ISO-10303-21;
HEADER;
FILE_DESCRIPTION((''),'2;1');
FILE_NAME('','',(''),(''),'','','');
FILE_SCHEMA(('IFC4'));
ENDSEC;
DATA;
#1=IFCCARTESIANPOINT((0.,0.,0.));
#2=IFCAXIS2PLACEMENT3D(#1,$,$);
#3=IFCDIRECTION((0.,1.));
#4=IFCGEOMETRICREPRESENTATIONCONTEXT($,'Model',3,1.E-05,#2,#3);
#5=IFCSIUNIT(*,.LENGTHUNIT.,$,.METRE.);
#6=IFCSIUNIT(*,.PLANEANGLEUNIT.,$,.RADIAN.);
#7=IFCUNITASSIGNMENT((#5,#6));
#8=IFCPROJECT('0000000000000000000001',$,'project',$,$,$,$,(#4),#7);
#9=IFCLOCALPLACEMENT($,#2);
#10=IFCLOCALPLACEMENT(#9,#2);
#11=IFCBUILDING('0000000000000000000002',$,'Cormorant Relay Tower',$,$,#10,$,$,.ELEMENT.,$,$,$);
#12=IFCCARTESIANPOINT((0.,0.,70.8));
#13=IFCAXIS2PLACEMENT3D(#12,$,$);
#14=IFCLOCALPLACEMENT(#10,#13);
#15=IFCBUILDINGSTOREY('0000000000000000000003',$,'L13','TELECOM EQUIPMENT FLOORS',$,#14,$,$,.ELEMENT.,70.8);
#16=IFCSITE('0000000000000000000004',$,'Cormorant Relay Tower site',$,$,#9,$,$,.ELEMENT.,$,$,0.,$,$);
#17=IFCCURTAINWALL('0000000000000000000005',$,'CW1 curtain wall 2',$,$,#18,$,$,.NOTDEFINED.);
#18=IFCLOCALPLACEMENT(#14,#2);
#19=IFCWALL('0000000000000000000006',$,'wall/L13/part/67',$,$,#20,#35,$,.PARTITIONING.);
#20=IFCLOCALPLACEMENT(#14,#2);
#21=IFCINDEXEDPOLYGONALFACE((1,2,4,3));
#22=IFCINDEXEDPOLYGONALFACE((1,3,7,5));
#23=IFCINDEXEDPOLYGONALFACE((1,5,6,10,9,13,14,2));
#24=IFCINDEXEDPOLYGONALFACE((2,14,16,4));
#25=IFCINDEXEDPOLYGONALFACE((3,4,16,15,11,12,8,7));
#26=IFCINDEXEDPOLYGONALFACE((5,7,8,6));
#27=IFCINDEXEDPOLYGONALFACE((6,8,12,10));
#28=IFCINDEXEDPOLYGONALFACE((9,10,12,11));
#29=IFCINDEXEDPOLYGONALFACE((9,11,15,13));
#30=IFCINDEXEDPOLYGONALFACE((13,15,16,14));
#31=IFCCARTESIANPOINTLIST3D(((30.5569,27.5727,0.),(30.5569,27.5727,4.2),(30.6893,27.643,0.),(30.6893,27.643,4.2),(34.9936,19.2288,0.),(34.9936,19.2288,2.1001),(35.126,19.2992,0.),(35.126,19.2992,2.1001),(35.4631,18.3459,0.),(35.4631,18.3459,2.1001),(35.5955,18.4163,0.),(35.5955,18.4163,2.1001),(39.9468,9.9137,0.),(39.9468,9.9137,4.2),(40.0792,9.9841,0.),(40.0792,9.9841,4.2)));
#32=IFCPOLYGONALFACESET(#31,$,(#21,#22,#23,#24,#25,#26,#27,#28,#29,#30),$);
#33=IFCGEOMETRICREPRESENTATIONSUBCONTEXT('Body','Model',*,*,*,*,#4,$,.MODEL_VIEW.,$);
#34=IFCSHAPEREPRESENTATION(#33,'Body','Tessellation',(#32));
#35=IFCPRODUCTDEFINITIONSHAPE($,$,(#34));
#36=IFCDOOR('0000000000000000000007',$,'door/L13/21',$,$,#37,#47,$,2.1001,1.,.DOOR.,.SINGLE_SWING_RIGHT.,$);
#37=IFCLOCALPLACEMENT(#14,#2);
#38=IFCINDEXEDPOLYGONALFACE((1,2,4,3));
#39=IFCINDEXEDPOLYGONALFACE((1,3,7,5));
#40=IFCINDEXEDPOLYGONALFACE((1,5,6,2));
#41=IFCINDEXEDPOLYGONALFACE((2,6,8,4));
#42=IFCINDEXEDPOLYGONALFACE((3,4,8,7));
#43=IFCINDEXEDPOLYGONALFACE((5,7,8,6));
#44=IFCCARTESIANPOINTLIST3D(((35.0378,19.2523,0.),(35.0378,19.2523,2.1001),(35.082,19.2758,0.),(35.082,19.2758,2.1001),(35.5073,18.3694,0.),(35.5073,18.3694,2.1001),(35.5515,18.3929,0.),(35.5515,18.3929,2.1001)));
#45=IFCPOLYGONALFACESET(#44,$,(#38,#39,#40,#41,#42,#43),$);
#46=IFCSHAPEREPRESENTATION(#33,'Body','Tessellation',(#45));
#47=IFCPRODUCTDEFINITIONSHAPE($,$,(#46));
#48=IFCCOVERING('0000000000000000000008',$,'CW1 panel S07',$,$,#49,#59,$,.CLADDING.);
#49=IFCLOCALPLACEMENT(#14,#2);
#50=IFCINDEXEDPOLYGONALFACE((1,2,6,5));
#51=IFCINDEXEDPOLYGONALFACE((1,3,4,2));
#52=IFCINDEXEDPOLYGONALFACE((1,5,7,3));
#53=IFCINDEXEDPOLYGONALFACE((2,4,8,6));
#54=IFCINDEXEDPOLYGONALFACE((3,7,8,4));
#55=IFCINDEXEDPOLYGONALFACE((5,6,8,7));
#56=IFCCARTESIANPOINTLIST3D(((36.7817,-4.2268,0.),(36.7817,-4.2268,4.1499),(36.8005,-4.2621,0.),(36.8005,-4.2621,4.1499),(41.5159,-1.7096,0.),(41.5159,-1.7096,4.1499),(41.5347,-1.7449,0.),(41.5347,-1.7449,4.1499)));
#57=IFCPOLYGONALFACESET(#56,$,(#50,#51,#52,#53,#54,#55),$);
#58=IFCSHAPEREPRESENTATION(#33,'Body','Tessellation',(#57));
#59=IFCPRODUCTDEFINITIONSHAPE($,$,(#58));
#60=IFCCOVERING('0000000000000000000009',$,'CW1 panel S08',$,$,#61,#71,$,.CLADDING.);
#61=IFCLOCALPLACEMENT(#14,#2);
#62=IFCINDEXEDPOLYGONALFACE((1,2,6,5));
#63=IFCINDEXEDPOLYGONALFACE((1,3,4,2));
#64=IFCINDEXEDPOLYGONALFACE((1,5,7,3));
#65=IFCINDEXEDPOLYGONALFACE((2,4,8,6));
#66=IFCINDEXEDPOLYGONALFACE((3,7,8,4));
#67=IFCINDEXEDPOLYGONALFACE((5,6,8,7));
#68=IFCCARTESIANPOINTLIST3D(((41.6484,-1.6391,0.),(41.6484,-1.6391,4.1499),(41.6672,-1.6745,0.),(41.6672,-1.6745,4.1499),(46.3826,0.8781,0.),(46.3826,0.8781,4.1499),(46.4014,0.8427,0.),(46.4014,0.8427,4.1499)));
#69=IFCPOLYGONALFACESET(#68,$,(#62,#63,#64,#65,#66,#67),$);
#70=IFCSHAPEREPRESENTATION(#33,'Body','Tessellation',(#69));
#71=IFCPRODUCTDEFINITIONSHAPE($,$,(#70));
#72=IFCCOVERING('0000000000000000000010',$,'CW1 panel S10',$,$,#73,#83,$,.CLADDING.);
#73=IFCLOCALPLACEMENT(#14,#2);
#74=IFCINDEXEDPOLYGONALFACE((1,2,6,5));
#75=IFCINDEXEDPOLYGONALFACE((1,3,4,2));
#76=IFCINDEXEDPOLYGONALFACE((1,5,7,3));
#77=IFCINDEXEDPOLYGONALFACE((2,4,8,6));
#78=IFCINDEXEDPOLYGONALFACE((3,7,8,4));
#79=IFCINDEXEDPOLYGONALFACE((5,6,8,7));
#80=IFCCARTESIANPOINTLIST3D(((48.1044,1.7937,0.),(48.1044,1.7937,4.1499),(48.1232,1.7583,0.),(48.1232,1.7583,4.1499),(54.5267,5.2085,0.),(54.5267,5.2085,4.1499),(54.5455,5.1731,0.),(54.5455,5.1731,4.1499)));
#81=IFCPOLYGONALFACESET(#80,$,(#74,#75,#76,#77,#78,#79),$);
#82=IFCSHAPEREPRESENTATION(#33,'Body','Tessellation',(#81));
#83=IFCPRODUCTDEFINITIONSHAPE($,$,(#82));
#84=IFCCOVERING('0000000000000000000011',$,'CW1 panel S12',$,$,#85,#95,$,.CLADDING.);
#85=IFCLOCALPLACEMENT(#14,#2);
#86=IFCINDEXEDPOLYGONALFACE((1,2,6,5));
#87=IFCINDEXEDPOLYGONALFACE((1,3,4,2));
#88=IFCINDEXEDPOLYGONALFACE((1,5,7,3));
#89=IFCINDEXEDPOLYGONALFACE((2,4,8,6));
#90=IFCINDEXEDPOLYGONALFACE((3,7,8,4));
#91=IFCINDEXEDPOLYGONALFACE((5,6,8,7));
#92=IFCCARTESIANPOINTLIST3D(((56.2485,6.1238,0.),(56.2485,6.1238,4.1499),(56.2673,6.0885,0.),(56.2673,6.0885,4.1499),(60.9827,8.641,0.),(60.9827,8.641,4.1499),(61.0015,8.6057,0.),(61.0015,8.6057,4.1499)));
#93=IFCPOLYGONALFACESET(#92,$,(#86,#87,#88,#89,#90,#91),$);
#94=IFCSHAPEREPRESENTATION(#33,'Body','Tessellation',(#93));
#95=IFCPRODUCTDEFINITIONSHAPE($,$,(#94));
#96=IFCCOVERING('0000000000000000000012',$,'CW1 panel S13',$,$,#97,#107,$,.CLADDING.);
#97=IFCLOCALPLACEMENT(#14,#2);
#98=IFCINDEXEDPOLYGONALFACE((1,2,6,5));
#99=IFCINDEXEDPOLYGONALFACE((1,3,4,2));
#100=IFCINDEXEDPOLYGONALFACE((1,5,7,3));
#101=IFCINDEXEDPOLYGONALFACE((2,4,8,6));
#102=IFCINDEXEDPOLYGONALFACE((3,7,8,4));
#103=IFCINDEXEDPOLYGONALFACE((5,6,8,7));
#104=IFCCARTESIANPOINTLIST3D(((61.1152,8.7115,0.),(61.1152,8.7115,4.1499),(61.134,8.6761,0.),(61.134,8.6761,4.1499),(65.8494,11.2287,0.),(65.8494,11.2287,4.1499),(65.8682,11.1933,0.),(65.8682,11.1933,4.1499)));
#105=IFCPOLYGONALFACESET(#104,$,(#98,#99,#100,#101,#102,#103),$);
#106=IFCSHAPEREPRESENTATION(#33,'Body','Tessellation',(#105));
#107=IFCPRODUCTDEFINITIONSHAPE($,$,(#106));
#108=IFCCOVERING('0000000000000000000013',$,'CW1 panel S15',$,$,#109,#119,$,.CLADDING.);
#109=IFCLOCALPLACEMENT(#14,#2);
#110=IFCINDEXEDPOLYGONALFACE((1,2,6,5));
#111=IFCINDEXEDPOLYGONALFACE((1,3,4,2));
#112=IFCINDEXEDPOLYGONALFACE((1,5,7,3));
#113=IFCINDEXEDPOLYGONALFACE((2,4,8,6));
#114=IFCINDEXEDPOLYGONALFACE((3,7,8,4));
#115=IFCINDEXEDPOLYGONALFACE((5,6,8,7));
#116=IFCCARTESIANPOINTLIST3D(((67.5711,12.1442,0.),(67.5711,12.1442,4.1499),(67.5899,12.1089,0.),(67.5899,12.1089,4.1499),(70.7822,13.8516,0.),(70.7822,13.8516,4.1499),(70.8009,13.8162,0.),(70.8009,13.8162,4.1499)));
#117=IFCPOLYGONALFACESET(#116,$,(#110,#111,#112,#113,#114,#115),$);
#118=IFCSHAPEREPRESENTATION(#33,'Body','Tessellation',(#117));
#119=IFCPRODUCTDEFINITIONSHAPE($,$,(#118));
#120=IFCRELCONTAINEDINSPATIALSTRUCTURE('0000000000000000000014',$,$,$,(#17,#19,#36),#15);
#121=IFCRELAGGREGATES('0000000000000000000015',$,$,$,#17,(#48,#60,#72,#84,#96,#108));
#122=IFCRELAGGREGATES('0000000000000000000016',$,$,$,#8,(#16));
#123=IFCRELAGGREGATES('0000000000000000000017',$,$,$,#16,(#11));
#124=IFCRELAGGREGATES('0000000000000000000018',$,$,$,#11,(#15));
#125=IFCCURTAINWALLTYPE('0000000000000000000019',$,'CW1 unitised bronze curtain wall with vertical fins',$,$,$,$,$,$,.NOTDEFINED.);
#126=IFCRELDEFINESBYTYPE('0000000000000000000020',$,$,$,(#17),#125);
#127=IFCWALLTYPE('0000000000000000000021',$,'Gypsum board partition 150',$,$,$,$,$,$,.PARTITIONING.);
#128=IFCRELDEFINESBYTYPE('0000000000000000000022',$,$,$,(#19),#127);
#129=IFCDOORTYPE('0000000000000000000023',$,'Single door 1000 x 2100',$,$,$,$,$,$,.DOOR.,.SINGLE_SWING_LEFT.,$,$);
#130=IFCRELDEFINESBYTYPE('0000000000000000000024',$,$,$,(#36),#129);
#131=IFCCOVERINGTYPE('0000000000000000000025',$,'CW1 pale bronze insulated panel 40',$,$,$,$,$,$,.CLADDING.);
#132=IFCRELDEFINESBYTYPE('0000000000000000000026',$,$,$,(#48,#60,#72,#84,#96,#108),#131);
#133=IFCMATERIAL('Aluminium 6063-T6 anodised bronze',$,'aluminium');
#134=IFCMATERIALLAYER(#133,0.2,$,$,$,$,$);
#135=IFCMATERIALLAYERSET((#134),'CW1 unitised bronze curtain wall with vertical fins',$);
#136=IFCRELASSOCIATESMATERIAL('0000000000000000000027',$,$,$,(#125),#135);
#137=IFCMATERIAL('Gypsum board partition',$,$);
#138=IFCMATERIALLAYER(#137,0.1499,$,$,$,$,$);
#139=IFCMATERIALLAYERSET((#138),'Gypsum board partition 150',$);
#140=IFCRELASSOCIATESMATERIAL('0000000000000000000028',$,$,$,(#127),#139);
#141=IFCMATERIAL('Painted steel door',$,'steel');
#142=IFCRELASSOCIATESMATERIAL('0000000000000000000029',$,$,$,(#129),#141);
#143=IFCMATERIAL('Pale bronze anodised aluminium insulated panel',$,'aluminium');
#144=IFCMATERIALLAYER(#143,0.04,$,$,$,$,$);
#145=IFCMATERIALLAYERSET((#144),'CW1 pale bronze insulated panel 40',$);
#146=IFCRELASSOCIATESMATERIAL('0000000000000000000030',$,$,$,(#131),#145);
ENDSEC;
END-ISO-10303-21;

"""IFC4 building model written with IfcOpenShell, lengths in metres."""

from ifc_helpers import new_model, si_unit, direction, frame, frame_2d, origin, origin_2d, place, context, subcontext, project, spatial, rectangle, extrude, material, layer, layer_set, type_object, element, fill, aggregate, save


model = new_model("IFC4")

# Units and contexts
model_context = context("Model", 3, precision=1e-05, world=origin(), true_north=direction((0.0, 1.0)))
body_context = subcontext(model_context, "Body", "Model", "MODEL_VIEW")
ifc_project = project(units=[si_unit("LENGTHUNIT", "METRE"), si_unit("PLANEANGLEUNIT", "RADIAN")], contexts=[model_context])

# Site, building, storey
site_placement = place(None, origin())
site = spatial("IfcSite", under=ifc_project, at=site_placement, Name="Cormorant Relay Tower site", CompositionType="ELEMENT", RefElevation=0.0)
building_placement = place(site_placement, origin())
building = spatial("IfcBuilding", under=site, at=building_placement, Name="Cormorant Relay Tower", CompositionType="ELEMENT")
storey_placement = place(building_placement, frame((0.0, 0.0, 70.8)))
storey = spatial("IfcBuildingStorey", under=building, at=storey_placement, Name="L13", Description="TELECOM EQUIPMENT FLOORS", CompositionType="ELEMENT", Elevation=70.8)

# Curtain wall
ifc_material_1 = material(Name="Aluminium 6063-T6 anodised bronze", Category="aluminium")
ifc_layer_1 = layer(ifc_material_1, 0.2)
ifc_layer_set_1 = layer_set([ifc_layer_1], Name="CW1 unitised bronze curtain wall with vertical fins")
curtain_wall_type = type_object("IfcCurtainWallType", Name="CW1 unitised bronze curtain wall with vertical fins", PredefinedType="NOTDEFINED", material=ifc_layer_set_1)
curtain_wall_1_placement = place(storey_placement, origin())
curtain_wall_1 = element("IfcCurtainWall", 1, at=curtain_wall_1_placement, inside=storey, type_object=curtain_wall_type, Name="CW1 curtain wall 2", PredefinedType="NOTDEFINED")

# Shared definitions
ifc_material_2 = material(Name="Gypsum board partition")
ifc_layer_2 = layer(ifc_material_2, 0.1499)
ifc_layer_set_2 = layer_set([ifc_layer_2], Name="Gypsum board partition 150")
wall_type_1 = type_object("IfcWallType", Name="Gypsum board partition 150", PredefinedType="PARTITIONING", material=ifc_layer_set_2)

# Wall, opening, door
wall_1_placement = place(storey_placement, frame((40.0129, 9.949, 0.0), z_axis=(0.0, 0.0, 1.0), x_axis=(-0.46949, 0.882938, 0.0)))
wall_1 = element("IfcWall", 2, at=wall_1_placement, inside=storey, type_object=wall_type_1, Name="wall/L13/part/67", PredefinedType="PARTITIONING", context=body_context, shape_type="SweptSolid", body=[
    extrude(rectangle(XDim=20.0002, YDim=0.1499, at=frame_2d((10.0, 0.0))), origin(), (0.0, 0.0, 1.0), 4.2),
])
opening_placement = place(wall_1_placement, frame((9.55, 0.0, 0.0)))
opening = element("IfcOpeningElement", 3, at=opening_placement, cuts=wall_1, PredefinedType="OPENING", context=body_context, shape_type="SweptSolid", body=[
    extrude(rectangle(XDim=1.0, YDim=2.1001, at=frame_2d((0.5, 1.05))), frame((0.0, 0.085, 0.0), z_axis=(0.0, -1.0, 0.0), x_axis=(1.0, 0.0, 0.0)), (0.0, 0.0, 1.0), 0.1699),
])
ifc_material_3 = material(Name="Painted steel door", Category="steel")
door_type = type_object("IfcDoorType", Name="Single door 1000 x 2100", OperationType="SINGLE_SWING_LEFT", PredefinedType="DOOR", material=ifc_material_3)
door_placement = place(opening_placement, origin())
door = element("IfcDoor", 4, at=door_placement, inside=storey, type_object=door_type, Name="door/L13/21", OperationType="SINGLE_SWING_RIGHT", OverallHeight=2.1001, OverallWidth=1.0, PredefinedType="DOOR", context=body_context, shape_type="SweptSolid", body=[
    extrude(rectangle(XDim=1.0, YDim=2.1001, at=frame_2d((0.5, 1.05))), frame((0.0, 0.0249, 0.0), z_axis=(0.0, -1.0, 0.0), x_axis=(1.0, 0.0, 0.0)), (0.0, 0.0, 1.0), 0.05),
])
fill(opening, door)

# Coverings
ifc_material_4 = material(Name="Pale bronze anodised aluminium insulated panel", Category="aluminium")
ifc_layer_3 = layer(ifc_material_4, 0.04)
ifc_layer_set_3 = layer_set([ifc_layer_3], Name="CW1 pale bronze insulated panel 40")
covering_type = type_object("IfcCoveringType", Name="CW1 pale bronze insulated panel 40", PredefinedType="CLADDING", material=ifc_layer_set_3)
covering_1_placement = place(storey_placement, frame((39.1582, -2.9858, 0.0), z_axis=(0.0, 0.0, 1.0), x_axis=(0.882948, 0.469472, 0.0)))
covering_1 = element("IfcCovering", 5, at=covering_1_placement, type_object=covering_type, Name="CW1 panel S07", PredefinedType="CLADDING", context=body_context, shape_type="SweptSolid", body=[
    extrude(rectangle(XDim=5.3618, YDim=0.04, at=origin_2d()), origin(), (0.0, 0.0, 1.0), 4.1499),
])
covering_2_placement = place(storey_placement, frame((44.0249, -0.3982, 0.0), z_axis=(0.0, 0.0, 1.0), x_axis=(0.882948, 0.469472, 0.0)))
covering_2 = element("IfcCovering", 6, at=covering_2_placement, type_object=covering_type, Name="CW1 panel S08", PredefinedType="CLADDING", context=body_context, shape_type="SweptSolid", body=[
    extrude(rectangle(XDim=5.3618, YDim=0.04, at=origin_2d()), origin(), (0.0, 0.0, 1.0), 4.1499),
])
covering_3_placement = place(storey_placement, frame((51.325, 3.4834, 0.0), z_axis=(0.0, 0.0, 1.0), x_axis=(0.882948, 0.469472, 0.0)))
covering_3 = element("IfcCovering", 7, at=covering_3_placement, type_object=covering_type, Name="CW1 panel S10", PredefinedType="CLADDING", context=body_context, shape_type="SweptSolid", body=[
    extrude(rectangle(XDim=7.2737, YDim=0.04, at=origin_2d()), origin(), (0.0, 0.0, 1.0), 4.1499),
])
covering_4_placement = place(storey_placement, frame((58.625, 7.3647, 0.0), z_axis=(0.0, 0.0, 1.0), x_axis=(0.882948, 0.469472, 0.0)))
covering_4 = element("IfcCovering", 8, at=covering_4_placement, type_object=covering_type, Name="CW1 panel S12", PredefinedType="CLADDING", context=body_context, shape_type="SweptSolid", body=[
    extrude(rectangle(XDim=5.3618, YDim=0.04, at=origin_2d()), origin(), (0.0, 0.0, 1.0), 4.1499),
])
covering_5_placement = place(storey_placement, frame((63.4917, 9.9524, 0.0), z_axis=(0.0, 0.0, 1.0), x_axis=(0.882948, 0.469472, 0.0)))
covering_5 = element("IfcCovering", 9, at=covering_5_placement, type_object=covering_type, Name="CW1 panel S13", PredefinedType="CLADDING", context=body_context, shape_type="SweptSolid", body=[
    extrude(rectangle(XDim=5.3618, YDim=0.04, at=origin_2d()), origin(), (0.0, 0.0, 1.0), 4.1499),
])
covering_6_placement = place(storey_placement, frame((69.186, 12.9802, 0.0), z_axis=(0.0, 0.0, 1.0), x_axis=(0.882948, 0.469472, 0.0)))
covering_6 = element("IfcCovering", 10, at=covering_6_placement, type_object=covering_type, Name="CW1 panel S15", PredefinedType="CLADDING", context=body_context, shape_type="SweptSolid", body=[
    extrude(rectangle(XDim=3.6367, YDim=0.04, at=origin_2d()), origin(), (0.0, 0.0, 1.0), 4.1499),
])
aggregate(curtain_wall_1, [covering_1, covering_2, covering_3, covering_4, covering_5, covering_6])

save(model, "model.ifc")
